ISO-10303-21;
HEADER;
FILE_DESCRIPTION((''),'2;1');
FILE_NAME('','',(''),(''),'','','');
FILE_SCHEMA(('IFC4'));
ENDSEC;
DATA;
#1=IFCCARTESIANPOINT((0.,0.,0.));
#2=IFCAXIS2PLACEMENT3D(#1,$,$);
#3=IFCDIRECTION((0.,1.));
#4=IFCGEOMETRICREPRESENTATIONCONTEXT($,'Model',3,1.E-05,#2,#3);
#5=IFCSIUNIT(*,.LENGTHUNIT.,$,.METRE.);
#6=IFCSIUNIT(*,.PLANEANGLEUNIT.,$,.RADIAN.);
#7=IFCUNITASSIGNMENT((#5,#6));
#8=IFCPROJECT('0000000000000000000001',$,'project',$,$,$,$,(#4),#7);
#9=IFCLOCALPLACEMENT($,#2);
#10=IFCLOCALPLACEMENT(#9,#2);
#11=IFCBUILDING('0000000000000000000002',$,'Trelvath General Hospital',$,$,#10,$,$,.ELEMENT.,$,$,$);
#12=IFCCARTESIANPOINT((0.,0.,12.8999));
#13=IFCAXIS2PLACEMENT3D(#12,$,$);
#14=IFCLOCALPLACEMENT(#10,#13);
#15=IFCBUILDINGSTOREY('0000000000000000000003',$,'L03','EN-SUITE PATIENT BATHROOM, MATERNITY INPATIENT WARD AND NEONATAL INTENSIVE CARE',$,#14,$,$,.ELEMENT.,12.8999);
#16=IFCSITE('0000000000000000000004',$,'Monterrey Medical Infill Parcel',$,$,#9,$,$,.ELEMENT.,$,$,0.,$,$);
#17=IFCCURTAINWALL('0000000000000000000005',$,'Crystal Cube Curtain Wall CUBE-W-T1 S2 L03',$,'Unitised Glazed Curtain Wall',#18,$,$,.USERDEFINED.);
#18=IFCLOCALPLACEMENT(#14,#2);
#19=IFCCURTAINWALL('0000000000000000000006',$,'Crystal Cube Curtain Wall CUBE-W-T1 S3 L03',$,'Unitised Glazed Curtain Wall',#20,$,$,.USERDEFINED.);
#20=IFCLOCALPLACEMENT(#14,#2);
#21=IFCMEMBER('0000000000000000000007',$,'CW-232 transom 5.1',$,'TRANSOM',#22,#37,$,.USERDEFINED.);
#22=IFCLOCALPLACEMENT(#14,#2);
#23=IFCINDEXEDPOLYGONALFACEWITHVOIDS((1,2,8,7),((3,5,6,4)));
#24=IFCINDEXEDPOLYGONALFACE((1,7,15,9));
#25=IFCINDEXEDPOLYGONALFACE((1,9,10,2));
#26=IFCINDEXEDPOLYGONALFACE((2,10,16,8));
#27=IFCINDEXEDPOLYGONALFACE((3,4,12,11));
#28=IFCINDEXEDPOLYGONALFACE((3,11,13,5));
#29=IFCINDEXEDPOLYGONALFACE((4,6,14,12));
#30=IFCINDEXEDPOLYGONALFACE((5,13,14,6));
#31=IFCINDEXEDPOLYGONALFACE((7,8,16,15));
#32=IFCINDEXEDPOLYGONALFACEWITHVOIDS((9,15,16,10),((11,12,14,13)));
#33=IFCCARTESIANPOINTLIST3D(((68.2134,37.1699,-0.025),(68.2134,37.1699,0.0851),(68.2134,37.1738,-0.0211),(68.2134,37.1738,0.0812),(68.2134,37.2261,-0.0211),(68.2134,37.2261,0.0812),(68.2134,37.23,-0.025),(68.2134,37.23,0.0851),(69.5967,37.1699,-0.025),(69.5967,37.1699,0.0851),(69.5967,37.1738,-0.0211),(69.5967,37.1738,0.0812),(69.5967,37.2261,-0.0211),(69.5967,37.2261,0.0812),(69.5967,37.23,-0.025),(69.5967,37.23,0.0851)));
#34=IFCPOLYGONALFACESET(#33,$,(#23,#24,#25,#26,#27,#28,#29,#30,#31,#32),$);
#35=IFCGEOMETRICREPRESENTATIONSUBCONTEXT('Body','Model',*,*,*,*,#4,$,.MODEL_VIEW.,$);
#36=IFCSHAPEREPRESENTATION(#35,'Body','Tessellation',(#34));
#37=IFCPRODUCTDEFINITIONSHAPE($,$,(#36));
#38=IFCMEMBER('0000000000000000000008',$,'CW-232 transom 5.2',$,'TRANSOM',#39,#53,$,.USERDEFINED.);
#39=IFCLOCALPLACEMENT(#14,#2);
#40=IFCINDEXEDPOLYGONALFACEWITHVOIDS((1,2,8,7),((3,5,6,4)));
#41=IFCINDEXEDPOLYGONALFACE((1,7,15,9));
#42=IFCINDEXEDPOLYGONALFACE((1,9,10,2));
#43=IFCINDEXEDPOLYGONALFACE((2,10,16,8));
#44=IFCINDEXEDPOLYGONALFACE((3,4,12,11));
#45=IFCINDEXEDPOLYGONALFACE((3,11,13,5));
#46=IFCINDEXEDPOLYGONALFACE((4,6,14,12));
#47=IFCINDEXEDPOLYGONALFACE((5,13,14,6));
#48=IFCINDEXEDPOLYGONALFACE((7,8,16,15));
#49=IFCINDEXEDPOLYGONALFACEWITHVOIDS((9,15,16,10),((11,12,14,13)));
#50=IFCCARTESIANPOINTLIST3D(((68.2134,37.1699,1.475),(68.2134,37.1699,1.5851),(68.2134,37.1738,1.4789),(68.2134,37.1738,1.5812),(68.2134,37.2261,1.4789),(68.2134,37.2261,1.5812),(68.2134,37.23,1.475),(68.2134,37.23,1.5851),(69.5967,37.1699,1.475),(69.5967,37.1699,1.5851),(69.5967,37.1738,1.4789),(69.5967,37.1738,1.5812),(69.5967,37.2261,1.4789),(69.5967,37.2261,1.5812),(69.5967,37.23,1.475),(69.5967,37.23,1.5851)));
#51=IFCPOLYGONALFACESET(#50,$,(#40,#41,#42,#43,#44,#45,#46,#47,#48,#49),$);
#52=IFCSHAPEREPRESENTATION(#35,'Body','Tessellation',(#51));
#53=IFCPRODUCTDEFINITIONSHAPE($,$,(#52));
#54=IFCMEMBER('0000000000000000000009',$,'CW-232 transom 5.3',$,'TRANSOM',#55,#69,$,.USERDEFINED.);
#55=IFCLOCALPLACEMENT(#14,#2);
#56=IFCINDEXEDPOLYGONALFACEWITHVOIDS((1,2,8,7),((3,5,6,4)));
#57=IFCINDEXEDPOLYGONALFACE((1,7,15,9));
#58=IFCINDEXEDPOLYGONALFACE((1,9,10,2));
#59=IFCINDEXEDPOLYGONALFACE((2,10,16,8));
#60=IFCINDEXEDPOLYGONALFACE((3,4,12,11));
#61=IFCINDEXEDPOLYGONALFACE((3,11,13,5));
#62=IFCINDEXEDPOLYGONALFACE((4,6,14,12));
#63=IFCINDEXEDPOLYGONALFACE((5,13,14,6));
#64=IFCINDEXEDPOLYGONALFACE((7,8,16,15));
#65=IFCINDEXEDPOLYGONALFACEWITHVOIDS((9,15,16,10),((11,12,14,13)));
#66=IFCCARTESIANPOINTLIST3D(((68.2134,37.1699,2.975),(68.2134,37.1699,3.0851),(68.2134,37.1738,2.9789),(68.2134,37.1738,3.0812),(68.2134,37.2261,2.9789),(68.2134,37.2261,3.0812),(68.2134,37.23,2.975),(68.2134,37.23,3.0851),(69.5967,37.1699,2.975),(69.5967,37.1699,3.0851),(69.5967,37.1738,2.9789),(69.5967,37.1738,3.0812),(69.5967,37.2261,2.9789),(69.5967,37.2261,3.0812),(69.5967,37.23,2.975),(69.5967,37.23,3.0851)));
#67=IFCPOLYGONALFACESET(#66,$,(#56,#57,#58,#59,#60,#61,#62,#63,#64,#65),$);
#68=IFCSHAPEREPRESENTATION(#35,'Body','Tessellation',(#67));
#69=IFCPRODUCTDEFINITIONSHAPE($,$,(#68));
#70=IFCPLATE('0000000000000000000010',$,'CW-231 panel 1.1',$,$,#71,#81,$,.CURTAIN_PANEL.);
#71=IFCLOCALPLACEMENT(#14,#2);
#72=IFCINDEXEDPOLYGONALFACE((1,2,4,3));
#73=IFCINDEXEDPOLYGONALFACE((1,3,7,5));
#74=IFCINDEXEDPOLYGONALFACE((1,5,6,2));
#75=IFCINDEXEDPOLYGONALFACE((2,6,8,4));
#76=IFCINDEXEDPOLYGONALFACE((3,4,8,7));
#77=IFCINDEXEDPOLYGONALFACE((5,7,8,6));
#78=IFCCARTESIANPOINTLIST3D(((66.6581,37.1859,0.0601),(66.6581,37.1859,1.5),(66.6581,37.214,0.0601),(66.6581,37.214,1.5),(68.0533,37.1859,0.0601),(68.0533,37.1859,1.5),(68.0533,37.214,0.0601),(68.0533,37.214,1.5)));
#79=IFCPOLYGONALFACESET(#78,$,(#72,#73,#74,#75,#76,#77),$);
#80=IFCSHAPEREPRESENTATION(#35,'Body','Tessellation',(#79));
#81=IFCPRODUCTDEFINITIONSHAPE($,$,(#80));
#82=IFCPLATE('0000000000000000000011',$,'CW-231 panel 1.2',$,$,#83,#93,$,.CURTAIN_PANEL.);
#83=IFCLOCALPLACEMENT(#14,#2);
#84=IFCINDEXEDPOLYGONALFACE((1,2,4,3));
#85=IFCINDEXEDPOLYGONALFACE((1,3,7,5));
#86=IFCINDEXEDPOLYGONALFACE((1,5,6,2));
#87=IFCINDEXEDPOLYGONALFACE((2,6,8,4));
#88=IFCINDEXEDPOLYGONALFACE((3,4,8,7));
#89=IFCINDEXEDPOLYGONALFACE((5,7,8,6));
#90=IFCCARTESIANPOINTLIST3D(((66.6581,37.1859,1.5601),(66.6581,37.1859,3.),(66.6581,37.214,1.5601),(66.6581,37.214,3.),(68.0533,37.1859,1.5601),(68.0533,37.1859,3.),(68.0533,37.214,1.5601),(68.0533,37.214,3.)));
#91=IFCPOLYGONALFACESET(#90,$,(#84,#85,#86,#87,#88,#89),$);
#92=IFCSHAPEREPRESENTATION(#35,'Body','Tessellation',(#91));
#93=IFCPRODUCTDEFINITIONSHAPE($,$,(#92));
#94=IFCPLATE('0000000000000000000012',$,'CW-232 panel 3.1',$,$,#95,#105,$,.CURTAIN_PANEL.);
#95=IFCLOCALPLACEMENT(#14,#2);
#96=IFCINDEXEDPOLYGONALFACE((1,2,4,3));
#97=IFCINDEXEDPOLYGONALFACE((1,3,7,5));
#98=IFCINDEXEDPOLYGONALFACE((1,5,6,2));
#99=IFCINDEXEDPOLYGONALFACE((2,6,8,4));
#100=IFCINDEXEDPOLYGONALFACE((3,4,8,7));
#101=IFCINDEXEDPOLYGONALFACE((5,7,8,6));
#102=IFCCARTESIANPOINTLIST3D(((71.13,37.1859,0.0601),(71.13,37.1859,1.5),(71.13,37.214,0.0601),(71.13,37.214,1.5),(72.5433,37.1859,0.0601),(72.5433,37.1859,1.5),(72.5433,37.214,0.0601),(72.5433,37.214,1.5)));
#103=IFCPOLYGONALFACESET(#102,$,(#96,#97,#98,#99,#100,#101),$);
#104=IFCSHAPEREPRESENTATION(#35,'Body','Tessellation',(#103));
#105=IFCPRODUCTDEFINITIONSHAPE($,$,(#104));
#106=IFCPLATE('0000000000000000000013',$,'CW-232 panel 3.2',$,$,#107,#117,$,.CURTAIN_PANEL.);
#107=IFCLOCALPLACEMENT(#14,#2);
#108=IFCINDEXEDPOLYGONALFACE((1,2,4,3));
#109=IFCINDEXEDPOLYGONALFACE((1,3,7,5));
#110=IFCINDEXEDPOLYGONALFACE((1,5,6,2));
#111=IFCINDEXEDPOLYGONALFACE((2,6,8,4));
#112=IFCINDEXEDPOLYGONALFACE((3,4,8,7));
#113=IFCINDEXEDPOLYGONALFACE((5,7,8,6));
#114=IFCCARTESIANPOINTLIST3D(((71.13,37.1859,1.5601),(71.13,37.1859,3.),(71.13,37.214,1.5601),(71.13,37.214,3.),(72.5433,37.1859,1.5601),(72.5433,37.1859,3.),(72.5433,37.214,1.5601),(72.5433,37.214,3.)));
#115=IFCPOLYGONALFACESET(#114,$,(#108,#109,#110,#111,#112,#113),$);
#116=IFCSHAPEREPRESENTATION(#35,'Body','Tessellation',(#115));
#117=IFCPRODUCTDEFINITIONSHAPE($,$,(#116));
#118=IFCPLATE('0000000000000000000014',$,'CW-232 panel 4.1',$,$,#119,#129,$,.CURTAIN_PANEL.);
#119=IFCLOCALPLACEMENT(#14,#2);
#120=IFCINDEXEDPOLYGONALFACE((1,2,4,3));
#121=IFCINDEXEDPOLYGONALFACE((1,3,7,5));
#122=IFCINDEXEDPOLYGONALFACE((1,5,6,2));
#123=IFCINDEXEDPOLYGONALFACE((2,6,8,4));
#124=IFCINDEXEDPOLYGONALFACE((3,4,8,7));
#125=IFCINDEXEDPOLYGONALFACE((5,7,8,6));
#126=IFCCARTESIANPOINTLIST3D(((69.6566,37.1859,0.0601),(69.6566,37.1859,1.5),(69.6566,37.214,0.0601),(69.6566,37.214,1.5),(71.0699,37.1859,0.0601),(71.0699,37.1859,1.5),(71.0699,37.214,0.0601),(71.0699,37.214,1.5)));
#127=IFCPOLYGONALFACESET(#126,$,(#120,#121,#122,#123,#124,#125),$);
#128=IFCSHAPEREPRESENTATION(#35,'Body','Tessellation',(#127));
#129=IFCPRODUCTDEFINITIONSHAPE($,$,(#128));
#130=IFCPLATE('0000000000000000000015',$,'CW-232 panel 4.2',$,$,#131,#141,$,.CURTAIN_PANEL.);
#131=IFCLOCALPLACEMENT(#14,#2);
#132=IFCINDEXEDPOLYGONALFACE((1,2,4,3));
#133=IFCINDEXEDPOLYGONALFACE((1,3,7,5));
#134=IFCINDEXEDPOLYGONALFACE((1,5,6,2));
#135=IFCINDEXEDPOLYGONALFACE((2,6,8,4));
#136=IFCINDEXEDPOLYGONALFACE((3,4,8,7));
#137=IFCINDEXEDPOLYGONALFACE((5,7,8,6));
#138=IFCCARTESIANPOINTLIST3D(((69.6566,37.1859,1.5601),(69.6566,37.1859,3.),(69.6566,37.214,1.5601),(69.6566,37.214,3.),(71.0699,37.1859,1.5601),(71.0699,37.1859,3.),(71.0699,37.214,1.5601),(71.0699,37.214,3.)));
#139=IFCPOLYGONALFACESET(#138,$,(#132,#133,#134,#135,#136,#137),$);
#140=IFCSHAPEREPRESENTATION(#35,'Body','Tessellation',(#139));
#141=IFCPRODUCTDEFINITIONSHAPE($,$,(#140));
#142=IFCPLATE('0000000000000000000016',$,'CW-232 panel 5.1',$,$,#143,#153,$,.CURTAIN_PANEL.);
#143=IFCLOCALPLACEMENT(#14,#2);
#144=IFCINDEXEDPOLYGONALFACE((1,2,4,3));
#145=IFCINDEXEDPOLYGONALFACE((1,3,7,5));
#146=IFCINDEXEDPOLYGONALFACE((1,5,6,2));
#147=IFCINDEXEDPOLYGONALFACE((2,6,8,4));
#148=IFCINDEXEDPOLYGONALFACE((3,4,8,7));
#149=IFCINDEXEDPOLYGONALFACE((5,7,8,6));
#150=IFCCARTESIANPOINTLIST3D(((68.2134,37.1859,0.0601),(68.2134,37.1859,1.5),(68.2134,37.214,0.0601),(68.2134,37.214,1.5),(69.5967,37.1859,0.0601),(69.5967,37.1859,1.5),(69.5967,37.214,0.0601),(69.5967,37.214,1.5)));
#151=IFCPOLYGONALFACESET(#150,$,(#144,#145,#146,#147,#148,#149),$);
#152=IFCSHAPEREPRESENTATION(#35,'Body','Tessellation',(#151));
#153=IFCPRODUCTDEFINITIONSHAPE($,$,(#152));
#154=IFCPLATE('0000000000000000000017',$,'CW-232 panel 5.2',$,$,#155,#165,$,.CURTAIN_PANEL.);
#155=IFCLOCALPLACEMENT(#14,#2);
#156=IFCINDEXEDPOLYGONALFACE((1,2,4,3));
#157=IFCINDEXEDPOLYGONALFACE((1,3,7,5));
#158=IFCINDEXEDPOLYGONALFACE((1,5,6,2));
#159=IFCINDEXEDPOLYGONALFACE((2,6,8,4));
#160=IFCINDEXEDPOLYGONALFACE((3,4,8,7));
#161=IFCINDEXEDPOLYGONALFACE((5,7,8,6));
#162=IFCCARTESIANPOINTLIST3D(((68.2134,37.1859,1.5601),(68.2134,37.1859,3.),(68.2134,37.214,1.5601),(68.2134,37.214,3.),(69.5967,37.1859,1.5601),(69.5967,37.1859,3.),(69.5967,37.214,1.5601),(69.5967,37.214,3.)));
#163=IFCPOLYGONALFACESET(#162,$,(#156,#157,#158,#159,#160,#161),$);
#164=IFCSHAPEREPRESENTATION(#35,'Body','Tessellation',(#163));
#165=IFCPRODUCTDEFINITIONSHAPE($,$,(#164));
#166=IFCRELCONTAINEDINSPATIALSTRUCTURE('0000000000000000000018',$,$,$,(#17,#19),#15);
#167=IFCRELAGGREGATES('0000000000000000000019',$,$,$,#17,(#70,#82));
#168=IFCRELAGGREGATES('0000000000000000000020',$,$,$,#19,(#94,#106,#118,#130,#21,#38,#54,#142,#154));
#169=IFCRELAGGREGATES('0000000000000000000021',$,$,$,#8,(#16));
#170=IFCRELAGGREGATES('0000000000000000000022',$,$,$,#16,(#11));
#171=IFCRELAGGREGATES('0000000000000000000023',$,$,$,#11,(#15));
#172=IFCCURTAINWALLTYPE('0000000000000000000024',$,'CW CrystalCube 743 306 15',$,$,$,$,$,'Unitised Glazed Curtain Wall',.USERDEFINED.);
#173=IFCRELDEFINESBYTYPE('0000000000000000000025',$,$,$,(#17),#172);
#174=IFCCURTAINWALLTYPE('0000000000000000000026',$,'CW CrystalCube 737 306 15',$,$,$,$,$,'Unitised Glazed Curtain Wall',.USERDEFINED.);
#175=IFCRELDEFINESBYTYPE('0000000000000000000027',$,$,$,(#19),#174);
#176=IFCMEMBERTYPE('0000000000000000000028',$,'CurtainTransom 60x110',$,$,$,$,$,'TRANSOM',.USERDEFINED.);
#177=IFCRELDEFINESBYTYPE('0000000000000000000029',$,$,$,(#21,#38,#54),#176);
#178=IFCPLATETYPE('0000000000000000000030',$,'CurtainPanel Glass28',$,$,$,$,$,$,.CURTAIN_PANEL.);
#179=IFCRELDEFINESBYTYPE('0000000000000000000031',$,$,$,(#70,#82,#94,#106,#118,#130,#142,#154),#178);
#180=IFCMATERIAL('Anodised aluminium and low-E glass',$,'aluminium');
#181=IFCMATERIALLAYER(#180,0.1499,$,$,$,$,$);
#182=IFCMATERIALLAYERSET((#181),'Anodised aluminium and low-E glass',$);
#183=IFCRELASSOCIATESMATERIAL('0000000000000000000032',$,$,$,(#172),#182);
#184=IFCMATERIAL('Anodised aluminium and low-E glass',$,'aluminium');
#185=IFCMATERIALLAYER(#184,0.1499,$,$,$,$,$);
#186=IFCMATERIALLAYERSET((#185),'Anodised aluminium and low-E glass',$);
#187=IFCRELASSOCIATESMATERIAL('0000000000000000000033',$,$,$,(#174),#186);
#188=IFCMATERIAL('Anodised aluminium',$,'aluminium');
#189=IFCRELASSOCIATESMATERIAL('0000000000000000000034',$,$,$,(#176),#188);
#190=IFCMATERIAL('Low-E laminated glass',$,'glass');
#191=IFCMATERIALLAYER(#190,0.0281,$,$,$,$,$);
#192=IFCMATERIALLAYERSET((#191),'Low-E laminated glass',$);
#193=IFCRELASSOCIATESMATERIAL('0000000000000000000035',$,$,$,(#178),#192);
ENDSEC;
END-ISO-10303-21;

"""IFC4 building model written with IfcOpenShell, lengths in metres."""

from ifc_helpers import new_model, si_unit, direction, frame, origin, origin_2d, place, context, subcontext, project, spatial, rectangle, hollow_rectangle, extrude, material, layer, layer_set, material_profile, profile_set, type_object, element, aggregate, save


model = new_model("IFC4")

# Units and contexts
model_context = context("Model", 3, precision=1e-05, world=origin(), true_north=direction((0.0, 1.0)))
body_context = subcontext(model_context, "Body", "Model", "MODEL_VIEW")
ifc_project = project(units=[si_unit("LENGTHUNIT", "METRE"), si_unit("PLANEANGLEUNIT", "RADIAN")], contexts=[model_context])

# Site, building, storey
site_placement = place(None, origin())
site = spatial("IfcSite", under=ifc_project, at=site_placement, Name="Monterrey Medical Infill Parcel", CompositionType="ELEMENT", RefElevation=0.0)
building_placement = place(site_placement, origin())
building = spatial("IfcBuilding", under=site, at=building_placement, Name="Trelvath General Hospital", CompositionType="ELEMENT")
storey_placement = place(building_placement, frame((0.0, 0.0, 12.8999)))
storey = spatial("IfcBuildingStorey", under=building, at=storey_placement, Name="L03", Description="EN-SUITE PATIENT BATHROOM, MATERNITY INPATIENT WARD AND NEONATAL INTENSIVE CARE", CompositionType="ELEMENT", Elevation=12.8999)

# Curtain walls
ifc_material_1 = material(Name="Anodised aluminium and low-E glass", Category="aluminium")
ifc_layer_1 = layer(ifc_material_1, 0.1499)
ifc_layer_set_1 = layer_set([ifc_layer_1], Name="Anodised aluminium and low-E glass")
curtain_wall_type_1 = type_object("IfcCurtainWallType", Name="CW CrystalCube 743 306 15", ElementType="Unitised Glazed Curtain Wall", PredefinedType="USERDEFINED", material=ifc_layer_set_1)
curtain_wall_1_placement = place(storey_placement, origin())
curtain_wall_1 = element("IfcCurtainWall", 1, at=curtain_wall_1_placement, inside=storey, type_object=curtain_wall_type_1, Name="Crystal Cube Curtain Wall CUBE-W-T1 S2 L03", ObjectType="Unitised Glazed Curtain Wall", PredefinedType="USERDEFINED")
ifc_material_2 = material(Name="Anodised aluminium and low-E glass", Category="aluminium")
ifc_layer_2 = layer(ifc_material_2, 0.1499)
ifc_layer_set_2 = layer_set([ifc_layer_2], Name="Anodised aluminium and low-E glass")
curtain_wall_type_2 = type_object("IfcCurtainWallType", Name="CW CrystalCube 737 306 15", ElementType="Unitised Glazed Curtain Wall", PredefinedType="USERDEFINED", material=ifc_layer_set_2)
curtain_wall_2_placement = place(storey_placement, origin())
curtain_wall_2 = element("IfcCurtainWall", 2, at=curtain_wall_2_placement, inside=storey, type_object=curtain_wall_type_2, Name="Crystal Cube Curtain Wall CUBE-W-T1 S3 L03", ObjectType="Unitised Glazed Curtain Wall", PredefinedType="USERDEFINED")

# Members
ifc_material_3 = material(Name="Anodised aluminium", Category="aluminium")
ifc_material_profile_1 = material_profile(ifc_material_3, hollow_rectangle(XDim=0.0601, YDim=0.1101, WallThickness=0.0039, at=origin_2d()), Name="RHS60x110x4")
ifc_profile_set_1 = profile_set([ifc_material_profile_1], Name="Anodised aluminium")
member_type_1 = type_object("IfcMemberType", Name="CurtainTransom 60x110", ElementType="TRANSOM", PredefinedType="USERDEFINED", material=ifc_profile_set_1)
member_1_placement = place(storey_placement, frame((69.5967, 37.2, 0.03), z_axis=(-1.0, 0.0, 0.0), x_axis=(0.0, -1.0, 0.0)))
member_1 = element("IfcMember", 3, at=member_1_placement, type_object=member_type_1, Name="CW-232 transom 5.1", ObjectType="TRANSOM", PredefinedType="USERDEFINED", context=body_context, shape_type="SweptSolid", body=[
    extrude(hollow_rectangle(XDim=0.0601, YDim=0.1101, WallThickness=0.0039, at=origin_2d()), origin(), (0.0, 0.0, 1.0), 1.3833),
])
member_2_placement = place(storey_placement, frame((69.5967, 37.2, 1.53), z_axis=(-1.0, 0.0, 0.0), x_axis=(0.0, -1.0, 0.0)))
member_2 = element("IfcMember", 4, at=member_2_placement, type_object=member_type_1, Name="CW-232 transom 5.2", ObjectType="TRANSOM", PredefinedType="USERDEFINED", context=body_context, shape_type="SweptSolid", body=[
    extrude(hollow_rectangle(XDim=0.0601, YDim=0.1101, WallThickness=0.0039, at=origin_2d()), origin(), (0.0, 0.0, 1.0), 1.3833),
])
member_3_placement = place(storey_placement, frame((69.5967, 37.2, 3.03), z_axis=(-1.0, 0.0, 0.0), x_axis=(0.0, -1.0, 0.0)))
member_3 = element("IfcMember", 5, at=member_3_placement, type_object=member_type_1, Name="CW-232 transom 5.3", ObjectType="TRANSOM", PredefinedType="USERDEFINED", context=body_context, shape_type="SweptSolid", body=[
    extrude(hollow_rectangle(XDim=0.0601, YDim=0.1101, WallThickness=0.0039, at=origin_2d()), origin(), (0.0, 0.0, 1.0), 1.3833),
])

# Plates
ifc_material_4 = material(Name="Low-E laminated glass", Category="glass")
ifc_layer_3 = layer(ifc_material_4, 0.0281)
ifc_layer_set_3 = layer_set([ifc_layer_3], Name="Low-E laminated glass")
plate_type = type_object("IfcPlateType", Name="CurtainPanel Glass28", PredefinedType="CURTAIN_PANEL", material=ifc_layer_set_3)
plate_1_placement = place(storey_placement, frame((67.3557, 37.2, 0.0601), z_axis=(0.0, 0.0, 1.0), x_axis=(-1.0, 0.0, 0.0)))
plate_1 = element("IfcPlate", 6, at=plate_1_placement, type_object=plate_type, Name="CW-231 panel 1.1", PredefinedType="CURTAIN_PANEL", context=body_context, shape_type="SweptSolid", body=[
    extrude(rectangle(XDim=1.3953, YDim=0.0281, at=origin_2d()), origin(), (0.0, 0.0, 1.0), 1.4399),
])
plate_2_placement = place(storey_placement, frame((67.3557, 37.2, 1.5601), z_axis=(0.0, 0.0, 1.0), x_axis=(-1.0, 0.0, 0.0)))
plate_2 = element("IfcPlate", 7, at=plate_2_placement, type_object=plate_type, Name="CW-231 panel 1.2", PredefinedType="CURTAIN_PANEL", context=body_context, shape_type="SweptSolid", body=[
    extrude(rectangle(XDim=1.3953, YDim=0.0281, at=origin_2d()), origin(), (0.0, 0.0, 1.0), 1.4399),
])
aggregate(curtain_wall_1, [plate_1, plate_2])
plate_3_placement = place(storey_placement, frame((71.8367, 37.2, 0.0601), z_axis=(0.0, 0.0, 1.0), x_axis=(-1.0, 0.0, 0.0)))
plate_3 = element("IfcPlate", 8, at=plate_3_placement, type_object=plate_type, Name="CW-232 panel 3.1", PredefinedType="CURTAIN_PANEL", context=body_context, shape_type="SweptSolid", body=[
    extrude(rectangle(XDim=1.4133, YDim=0.0281, at=origin_2d()), origin(), (0.0, 0.0, 1.0), 1.4399),
])
plate_4_placement = place(storey_placement, frame((71.8367, 37.2, 1.5601), z_axis=(0.0, 0.0, 1.0), x_axis=(-1.0, 0.0, 0.0)))
plate_4 = element("IfcPlate", 9, at=plate_4_placement, type_object=plate_type, Name="CW-232 panel 3.2", PredefinedType="CURTAIN_PANEL", context=body_context, shape_type="SweptSolid", body=[
    extrude(rectangle(XDim=1.4133, YDim=0.0281, at=origin_2d()), origin(), (0.0, 0.0, 1.0), 1.4399),
])
plate_5_placement = place(storey_placement, frame((70.3633, 37.2, 0.0601), z_axis=(0.0, 0.0, 1.0), x_axis=(-1.0, 0.0, 0.0)))
plate_5 = element("IfcPlate", 10, at=plate_5_placement, type_object=plate_type, Name="CW-232 panel 4.1", PredefinedType="CURTAIN_PANEL", context=body_context, shape_type="SweptSolid", body=[
    extrude(rectangle(XDim=1.4133, YDim=0.0281, at=origin_2d()), origin(), (0.0, 0.0, 1.0), 1.4399),
])
plate_6_placement = place(storey_placement, frame((70.3633, 37.2, 1.5601), z_axis=(0.0, 0.0, 1.0), x_axis=(-1.0, 0.0, 0.0)))
plate_6 = element("IfcPlate", 11, at=plate_6_placement, type_object=plate_type, Name="CW-232 panel 4.2", PredefinedType="CURTAIN_PANEL", context=body_context, shape_type="SweptSolid", body=[
    extrude(rectangle(XDim=1.4133, YDim=0.0281, at=origin_2d()), origin(), (0.0, 0.0, 1.0), 1.4399),
])
plate_7_placement = place(storey_placement, frame((68.905, 37.2, 0.0601), z_axis=(0.0, 0.0, 1.0), x_axis=(-1.0, 0.0, 0.0)))
plate_7 = element("IfcPlate", 12, at=plate_7_placement, type_object=plate_type, Name="CW-232 panel 5.1", PredefinedType="CURTAIN_PANEL", context=body_context, shape_type="SweptSolid", body=[
    extrude(rectangle(XDim=1.3833, YDim=0.0281, at=origin_2d()), origin(), (0.0, 0.0, 1.0), 1.4399),
])
plate_8_placement = place(storey_placement, frame((68.905, 37.2, 1.5601), z_axis=(0.0, 0.0, 1.0), x_axis=(-1.0, 0.0, 0.0)))
plate_8 = element("IfcPlate", 13, at=plate_8_placement, type_object=plate_type, Name="CW-232 panel 5.2", PredefinedType="CURTAIN_PANEL", context=body_context, shape_type="SweptSolid", body=[
    extrude(rectangle(XDim=1.3833, YDim=0.0281, at=origin_2d()), origin(), (0.0, 0.0, 1.0), 1.4399),
])
aggregate(curtain_wall_2, [plate_3, plate_4, plate_5, plate_6, member_1, member_2, member_3, plate_7, plate_8])

save(model, "model.ifc")
